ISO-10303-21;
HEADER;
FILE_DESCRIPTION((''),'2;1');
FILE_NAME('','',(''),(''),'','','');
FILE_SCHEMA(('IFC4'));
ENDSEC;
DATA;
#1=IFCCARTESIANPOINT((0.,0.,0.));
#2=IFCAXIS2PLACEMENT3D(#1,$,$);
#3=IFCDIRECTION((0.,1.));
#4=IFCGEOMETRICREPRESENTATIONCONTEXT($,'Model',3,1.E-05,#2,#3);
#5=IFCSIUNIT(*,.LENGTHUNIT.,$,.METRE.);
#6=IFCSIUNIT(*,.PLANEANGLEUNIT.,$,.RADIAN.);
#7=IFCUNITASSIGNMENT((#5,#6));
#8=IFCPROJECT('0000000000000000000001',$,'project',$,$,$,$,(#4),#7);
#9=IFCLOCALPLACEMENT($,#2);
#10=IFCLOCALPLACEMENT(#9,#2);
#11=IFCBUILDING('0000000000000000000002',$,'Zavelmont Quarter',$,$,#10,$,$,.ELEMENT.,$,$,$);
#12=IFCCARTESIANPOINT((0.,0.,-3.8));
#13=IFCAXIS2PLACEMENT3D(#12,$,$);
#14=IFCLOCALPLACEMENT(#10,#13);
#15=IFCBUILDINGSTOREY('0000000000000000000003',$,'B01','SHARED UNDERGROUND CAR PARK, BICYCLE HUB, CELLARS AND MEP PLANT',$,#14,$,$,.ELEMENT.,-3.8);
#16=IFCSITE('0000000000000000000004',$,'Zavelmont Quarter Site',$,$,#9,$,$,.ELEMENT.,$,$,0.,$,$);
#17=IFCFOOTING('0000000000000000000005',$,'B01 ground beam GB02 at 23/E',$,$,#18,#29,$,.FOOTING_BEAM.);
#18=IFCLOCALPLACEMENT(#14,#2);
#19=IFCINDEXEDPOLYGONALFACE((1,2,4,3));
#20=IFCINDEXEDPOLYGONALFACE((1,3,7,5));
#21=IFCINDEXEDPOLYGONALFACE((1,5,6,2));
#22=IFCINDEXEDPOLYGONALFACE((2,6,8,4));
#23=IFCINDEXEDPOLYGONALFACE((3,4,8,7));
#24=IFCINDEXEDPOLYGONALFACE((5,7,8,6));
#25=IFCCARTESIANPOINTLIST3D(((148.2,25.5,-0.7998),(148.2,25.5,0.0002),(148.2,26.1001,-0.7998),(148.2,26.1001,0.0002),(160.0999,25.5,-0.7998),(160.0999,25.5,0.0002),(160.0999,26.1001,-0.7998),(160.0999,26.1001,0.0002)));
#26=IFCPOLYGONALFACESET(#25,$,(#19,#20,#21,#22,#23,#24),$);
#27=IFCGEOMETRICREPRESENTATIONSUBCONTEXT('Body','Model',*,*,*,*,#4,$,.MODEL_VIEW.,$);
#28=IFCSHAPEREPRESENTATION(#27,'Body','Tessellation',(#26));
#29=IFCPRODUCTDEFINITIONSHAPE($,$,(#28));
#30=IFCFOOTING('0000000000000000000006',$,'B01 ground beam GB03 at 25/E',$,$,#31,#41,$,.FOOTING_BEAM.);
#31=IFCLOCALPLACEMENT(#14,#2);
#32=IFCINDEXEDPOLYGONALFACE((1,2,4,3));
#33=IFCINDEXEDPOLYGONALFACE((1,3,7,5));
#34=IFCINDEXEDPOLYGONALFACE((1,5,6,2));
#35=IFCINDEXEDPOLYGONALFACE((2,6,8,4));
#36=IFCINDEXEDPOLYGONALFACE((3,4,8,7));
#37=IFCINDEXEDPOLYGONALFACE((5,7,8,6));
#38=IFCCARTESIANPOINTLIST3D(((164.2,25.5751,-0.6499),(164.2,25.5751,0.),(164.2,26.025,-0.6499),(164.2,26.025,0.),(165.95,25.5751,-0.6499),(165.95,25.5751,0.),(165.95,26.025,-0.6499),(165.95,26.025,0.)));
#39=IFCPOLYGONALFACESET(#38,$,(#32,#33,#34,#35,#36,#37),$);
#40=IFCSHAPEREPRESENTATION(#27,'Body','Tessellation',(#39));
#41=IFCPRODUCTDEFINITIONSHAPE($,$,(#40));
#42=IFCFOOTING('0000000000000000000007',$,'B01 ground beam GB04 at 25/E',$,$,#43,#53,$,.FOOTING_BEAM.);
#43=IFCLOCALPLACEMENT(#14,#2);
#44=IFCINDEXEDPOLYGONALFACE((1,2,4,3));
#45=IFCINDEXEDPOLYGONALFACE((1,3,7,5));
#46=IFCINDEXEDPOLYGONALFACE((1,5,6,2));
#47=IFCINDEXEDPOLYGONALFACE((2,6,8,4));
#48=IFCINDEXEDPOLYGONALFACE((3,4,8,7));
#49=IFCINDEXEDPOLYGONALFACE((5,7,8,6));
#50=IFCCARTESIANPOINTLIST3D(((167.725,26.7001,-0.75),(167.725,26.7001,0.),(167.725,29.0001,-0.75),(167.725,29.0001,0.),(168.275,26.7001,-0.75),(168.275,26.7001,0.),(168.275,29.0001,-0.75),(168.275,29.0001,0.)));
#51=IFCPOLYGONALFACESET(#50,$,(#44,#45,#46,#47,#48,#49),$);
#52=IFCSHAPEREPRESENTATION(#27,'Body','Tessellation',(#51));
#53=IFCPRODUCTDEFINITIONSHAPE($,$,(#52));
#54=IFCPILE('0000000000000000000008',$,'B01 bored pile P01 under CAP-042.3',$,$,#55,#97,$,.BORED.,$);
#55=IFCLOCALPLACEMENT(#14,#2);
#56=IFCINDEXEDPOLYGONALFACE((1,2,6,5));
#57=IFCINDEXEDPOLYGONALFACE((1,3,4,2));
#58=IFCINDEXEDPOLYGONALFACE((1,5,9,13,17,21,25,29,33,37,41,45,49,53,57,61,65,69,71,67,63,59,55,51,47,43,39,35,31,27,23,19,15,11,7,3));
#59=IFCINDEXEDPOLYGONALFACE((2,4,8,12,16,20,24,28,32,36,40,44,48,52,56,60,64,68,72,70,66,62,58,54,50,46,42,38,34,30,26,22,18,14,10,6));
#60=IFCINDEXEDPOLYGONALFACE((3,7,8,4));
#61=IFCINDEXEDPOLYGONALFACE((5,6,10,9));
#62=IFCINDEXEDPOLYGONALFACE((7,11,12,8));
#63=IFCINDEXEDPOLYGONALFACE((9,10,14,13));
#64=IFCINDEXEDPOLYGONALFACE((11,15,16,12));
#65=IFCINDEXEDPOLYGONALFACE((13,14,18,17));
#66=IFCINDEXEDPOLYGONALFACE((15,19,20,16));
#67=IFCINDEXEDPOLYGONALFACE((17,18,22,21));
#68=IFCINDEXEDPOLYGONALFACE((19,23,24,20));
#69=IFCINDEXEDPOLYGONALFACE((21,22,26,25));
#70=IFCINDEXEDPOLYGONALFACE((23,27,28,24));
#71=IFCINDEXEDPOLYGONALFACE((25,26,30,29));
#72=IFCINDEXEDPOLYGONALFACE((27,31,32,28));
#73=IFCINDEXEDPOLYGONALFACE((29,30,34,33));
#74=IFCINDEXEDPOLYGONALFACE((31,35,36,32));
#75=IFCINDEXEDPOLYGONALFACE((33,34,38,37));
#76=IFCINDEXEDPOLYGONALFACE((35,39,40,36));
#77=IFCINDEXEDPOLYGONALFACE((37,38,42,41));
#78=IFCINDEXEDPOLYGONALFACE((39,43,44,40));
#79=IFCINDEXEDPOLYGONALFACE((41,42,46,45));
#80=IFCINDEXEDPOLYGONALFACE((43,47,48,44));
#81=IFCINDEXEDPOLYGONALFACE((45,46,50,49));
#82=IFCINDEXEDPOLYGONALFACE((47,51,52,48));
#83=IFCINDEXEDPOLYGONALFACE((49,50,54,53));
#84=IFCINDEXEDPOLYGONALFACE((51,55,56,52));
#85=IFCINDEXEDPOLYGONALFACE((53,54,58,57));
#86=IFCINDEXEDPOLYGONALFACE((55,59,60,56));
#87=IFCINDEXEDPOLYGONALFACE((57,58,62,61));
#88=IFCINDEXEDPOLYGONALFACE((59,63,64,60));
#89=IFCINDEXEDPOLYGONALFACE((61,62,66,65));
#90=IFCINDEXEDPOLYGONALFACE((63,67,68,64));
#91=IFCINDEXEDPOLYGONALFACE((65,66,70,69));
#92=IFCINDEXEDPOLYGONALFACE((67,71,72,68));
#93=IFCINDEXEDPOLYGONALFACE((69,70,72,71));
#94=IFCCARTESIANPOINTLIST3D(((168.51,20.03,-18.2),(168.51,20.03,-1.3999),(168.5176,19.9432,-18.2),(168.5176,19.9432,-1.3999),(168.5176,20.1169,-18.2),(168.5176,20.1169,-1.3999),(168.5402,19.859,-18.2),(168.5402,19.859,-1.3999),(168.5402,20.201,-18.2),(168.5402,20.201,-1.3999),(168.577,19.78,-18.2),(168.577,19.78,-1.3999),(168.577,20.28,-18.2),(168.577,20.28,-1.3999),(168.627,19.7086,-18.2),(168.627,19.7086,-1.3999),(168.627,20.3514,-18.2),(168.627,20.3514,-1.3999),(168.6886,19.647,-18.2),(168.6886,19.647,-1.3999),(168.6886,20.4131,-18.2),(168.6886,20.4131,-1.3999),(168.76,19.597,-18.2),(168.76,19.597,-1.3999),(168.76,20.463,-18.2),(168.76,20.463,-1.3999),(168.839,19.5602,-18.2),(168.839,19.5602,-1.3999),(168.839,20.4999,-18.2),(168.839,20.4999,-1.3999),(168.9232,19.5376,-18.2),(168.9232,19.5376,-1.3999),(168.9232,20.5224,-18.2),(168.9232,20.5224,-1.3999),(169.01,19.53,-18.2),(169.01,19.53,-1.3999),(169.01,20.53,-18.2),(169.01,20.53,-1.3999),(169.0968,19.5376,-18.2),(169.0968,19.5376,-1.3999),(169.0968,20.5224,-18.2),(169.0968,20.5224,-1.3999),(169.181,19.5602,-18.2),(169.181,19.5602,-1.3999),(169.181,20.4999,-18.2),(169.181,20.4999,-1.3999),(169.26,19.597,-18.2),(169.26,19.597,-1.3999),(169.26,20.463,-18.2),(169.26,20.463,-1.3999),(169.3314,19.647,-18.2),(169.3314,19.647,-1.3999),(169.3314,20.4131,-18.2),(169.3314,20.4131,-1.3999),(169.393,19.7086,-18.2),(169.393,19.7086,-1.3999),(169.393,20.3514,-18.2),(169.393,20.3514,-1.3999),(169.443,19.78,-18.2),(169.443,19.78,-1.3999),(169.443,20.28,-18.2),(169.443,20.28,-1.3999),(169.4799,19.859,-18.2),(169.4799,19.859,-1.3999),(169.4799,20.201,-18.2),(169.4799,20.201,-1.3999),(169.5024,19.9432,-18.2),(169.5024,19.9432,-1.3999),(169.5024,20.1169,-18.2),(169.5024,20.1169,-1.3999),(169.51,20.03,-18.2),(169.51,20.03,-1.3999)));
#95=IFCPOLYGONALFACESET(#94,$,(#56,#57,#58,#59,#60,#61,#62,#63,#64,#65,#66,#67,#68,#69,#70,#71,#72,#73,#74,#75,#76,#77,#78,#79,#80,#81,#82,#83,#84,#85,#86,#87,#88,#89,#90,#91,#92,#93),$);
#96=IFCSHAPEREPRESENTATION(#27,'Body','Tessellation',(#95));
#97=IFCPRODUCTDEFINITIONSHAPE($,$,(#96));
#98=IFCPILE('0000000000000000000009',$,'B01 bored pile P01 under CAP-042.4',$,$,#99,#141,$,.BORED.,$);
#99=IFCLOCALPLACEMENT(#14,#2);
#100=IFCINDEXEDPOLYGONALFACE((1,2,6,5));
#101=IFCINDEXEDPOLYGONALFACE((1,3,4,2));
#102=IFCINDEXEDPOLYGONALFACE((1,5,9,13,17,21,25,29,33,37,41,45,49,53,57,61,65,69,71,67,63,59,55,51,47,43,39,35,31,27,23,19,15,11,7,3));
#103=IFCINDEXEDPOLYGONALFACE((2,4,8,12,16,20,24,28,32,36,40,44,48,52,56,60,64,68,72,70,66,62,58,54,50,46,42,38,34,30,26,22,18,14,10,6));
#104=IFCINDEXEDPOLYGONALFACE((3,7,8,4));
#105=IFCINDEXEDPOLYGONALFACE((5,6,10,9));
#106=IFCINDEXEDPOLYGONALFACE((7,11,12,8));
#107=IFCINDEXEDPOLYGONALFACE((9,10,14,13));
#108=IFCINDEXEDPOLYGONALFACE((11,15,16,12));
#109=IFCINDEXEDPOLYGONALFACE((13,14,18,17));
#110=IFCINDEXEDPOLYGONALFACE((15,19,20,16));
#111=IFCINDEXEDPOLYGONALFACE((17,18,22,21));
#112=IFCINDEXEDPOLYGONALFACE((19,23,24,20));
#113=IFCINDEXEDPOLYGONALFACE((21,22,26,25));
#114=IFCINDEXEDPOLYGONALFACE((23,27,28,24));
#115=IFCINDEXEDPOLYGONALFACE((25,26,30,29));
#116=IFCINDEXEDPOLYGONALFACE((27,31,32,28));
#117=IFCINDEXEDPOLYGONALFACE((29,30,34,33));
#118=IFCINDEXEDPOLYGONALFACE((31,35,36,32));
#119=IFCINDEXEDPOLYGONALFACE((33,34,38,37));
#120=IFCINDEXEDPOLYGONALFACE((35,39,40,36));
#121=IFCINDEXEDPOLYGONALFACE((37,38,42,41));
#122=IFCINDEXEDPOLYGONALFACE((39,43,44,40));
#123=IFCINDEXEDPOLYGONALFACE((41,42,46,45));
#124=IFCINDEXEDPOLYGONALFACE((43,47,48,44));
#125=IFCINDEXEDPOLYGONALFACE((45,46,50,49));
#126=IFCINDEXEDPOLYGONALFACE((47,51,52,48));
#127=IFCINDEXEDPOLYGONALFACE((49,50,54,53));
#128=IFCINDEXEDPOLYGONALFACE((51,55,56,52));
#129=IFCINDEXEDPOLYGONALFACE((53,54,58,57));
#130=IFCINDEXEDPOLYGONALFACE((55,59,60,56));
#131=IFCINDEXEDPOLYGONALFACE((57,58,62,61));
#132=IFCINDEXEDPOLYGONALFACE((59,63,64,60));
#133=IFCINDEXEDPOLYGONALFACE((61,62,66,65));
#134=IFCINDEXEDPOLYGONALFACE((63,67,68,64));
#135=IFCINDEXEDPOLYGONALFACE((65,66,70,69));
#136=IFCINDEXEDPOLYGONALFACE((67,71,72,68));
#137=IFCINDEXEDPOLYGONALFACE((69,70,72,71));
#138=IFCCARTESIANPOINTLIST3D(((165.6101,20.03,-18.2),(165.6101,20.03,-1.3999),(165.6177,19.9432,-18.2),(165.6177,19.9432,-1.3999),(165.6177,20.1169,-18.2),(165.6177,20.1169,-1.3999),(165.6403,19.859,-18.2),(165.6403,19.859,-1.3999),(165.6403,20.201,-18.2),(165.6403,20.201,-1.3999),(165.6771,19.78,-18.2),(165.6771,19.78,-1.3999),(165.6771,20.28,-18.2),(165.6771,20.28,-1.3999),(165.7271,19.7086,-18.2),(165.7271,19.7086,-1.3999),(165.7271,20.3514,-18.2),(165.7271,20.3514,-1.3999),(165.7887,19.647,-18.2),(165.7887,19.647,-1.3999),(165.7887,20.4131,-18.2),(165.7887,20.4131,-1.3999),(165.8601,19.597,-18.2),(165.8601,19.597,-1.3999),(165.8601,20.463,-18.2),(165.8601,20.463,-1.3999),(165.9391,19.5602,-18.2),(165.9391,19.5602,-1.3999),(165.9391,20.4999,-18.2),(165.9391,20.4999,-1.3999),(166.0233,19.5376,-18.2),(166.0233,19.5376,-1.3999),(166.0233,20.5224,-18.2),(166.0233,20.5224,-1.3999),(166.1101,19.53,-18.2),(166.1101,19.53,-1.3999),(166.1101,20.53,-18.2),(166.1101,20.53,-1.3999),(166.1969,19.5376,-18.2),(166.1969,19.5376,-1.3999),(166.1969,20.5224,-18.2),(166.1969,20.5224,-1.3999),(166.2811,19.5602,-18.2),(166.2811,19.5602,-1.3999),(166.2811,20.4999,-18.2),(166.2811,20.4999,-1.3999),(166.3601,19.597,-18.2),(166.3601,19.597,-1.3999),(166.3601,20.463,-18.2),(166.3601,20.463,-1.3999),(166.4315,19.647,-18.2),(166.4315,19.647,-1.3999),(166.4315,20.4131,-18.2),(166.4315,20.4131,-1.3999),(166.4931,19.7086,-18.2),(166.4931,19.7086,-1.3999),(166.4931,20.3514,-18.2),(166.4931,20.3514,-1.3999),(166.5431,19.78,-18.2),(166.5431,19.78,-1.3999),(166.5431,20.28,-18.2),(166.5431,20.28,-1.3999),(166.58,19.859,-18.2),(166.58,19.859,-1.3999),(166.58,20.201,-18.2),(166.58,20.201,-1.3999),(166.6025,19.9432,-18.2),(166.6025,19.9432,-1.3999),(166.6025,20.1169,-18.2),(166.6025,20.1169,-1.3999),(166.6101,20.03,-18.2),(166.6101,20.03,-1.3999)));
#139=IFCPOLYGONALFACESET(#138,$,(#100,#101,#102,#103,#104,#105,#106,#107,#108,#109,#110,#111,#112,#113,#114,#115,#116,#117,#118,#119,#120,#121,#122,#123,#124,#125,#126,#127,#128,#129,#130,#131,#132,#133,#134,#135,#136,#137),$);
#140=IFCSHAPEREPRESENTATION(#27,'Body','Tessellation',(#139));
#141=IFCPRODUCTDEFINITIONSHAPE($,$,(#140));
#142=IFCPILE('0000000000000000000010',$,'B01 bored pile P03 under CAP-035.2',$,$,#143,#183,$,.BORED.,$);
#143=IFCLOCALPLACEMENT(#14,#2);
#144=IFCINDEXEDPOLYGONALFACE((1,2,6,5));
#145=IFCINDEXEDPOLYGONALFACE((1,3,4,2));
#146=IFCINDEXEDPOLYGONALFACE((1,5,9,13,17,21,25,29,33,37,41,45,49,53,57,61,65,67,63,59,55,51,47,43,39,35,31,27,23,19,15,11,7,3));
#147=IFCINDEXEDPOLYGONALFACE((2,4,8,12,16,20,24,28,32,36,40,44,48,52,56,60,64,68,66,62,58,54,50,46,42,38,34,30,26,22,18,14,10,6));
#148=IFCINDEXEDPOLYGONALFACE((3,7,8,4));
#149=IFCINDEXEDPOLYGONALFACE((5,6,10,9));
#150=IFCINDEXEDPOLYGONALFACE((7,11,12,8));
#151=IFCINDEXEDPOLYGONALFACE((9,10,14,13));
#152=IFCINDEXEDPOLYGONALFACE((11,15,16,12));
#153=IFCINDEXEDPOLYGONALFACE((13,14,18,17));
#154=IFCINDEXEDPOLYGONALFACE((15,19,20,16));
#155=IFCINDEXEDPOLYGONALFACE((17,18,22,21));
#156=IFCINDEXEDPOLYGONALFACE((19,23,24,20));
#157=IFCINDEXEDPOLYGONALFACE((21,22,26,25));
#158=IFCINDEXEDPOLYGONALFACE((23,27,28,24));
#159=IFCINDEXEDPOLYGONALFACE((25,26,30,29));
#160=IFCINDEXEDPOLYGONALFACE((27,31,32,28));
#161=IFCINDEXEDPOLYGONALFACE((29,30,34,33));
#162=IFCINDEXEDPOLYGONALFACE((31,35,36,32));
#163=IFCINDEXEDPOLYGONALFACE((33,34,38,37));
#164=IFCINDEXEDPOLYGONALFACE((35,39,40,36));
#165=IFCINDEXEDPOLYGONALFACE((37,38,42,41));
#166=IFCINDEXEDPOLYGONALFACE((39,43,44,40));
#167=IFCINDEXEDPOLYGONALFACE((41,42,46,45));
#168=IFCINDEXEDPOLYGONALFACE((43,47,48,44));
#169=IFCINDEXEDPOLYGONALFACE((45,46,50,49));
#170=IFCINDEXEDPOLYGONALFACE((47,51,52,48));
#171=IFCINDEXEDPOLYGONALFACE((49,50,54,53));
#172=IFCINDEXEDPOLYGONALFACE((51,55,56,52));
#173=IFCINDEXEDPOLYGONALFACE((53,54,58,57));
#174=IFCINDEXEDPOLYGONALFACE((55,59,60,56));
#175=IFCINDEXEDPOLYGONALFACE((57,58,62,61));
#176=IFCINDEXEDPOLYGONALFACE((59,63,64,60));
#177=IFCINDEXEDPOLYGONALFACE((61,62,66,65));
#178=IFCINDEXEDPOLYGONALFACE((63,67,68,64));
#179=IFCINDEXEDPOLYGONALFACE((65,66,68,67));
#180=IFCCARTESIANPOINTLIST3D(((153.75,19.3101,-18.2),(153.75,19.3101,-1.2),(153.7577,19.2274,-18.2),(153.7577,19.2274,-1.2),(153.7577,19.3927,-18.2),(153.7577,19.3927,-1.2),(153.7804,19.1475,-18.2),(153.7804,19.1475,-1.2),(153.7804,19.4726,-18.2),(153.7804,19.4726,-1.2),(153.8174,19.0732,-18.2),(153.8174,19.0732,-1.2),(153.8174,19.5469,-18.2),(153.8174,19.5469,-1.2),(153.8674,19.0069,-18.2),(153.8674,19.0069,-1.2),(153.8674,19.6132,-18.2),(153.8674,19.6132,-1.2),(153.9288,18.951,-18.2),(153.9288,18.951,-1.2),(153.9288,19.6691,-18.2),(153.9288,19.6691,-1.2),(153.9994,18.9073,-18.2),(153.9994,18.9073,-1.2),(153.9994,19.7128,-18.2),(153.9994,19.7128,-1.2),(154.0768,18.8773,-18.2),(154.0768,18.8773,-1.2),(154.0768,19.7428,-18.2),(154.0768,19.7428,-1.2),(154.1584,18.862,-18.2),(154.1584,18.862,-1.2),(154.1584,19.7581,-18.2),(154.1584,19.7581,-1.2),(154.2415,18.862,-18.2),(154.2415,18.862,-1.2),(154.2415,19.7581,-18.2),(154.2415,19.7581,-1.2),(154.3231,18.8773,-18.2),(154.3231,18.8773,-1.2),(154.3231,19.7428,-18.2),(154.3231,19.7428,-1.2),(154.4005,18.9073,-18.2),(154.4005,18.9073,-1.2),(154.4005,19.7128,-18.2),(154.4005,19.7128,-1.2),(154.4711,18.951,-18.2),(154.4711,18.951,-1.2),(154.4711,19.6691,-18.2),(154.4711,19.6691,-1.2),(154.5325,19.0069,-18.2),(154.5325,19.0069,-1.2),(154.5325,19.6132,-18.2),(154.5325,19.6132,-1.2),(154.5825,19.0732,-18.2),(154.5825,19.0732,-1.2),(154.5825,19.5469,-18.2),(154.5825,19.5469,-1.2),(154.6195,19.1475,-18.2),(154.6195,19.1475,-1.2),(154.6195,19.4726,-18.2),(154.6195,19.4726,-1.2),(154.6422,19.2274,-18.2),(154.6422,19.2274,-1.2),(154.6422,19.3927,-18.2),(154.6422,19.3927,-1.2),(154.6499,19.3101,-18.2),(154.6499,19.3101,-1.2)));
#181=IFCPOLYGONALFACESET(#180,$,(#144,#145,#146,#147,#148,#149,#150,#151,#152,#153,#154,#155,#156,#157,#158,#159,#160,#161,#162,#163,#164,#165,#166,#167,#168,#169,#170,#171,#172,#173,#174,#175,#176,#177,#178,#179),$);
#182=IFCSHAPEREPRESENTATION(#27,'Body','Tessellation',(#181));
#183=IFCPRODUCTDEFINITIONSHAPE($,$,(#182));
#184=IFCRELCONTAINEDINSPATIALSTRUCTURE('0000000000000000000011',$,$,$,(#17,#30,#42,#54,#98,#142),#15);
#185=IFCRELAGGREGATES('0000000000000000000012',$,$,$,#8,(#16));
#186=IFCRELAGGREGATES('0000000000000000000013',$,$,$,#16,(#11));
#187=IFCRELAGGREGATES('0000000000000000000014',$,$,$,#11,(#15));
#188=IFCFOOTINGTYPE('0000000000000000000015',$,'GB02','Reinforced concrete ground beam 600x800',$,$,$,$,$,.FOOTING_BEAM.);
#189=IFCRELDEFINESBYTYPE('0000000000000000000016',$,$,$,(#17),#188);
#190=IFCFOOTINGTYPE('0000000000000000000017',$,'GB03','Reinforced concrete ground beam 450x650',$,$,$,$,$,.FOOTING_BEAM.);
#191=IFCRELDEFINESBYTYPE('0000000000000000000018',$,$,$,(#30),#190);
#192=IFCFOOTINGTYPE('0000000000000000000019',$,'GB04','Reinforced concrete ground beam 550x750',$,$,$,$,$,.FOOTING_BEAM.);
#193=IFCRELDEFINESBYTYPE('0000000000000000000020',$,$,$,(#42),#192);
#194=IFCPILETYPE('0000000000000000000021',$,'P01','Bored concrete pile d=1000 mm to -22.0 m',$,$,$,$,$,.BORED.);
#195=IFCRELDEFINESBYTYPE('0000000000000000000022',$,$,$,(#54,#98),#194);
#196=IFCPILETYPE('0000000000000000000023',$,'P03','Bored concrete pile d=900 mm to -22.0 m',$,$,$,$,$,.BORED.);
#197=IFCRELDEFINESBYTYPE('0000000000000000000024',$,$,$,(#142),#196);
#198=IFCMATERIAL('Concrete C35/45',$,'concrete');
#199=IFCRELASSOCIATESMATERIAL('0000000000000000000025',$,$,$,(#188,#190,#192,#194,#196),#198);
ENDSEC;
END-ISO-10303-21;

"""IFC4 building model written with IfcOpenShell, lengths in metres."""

from ifc_helpers import new_model, si_unit, direction, frame, origin, origin_2d, place, context, subcontext, project, spatial, rectangle, circle, extrude, material, material_profile, profile_set, type_object, element, save


model = new_model("IFC4")

# Units and contexts
model_context = context("Model", 3, precision=1e-05, world=origin(), true_north=direction((0.0, 1.0)))
body_context = subcontext(model_context, "Body", "Model", "MODEL_VIEW")
ifc_project = project(units=[si_unit("LENGTHUNIT", "METRE"), si_unit("PLANEANGLEUNIT", "RADIAN")], contexts=[model_context])

# Site, building, storey
site_placement = place(None, origin())
site = spatial("IfcSite", under=ifc_project, at=site_placement, Name="Zavelmont Quarter Site", CompositionType="ELEMENT", RefElevation=0.0)
building_placement = place(site_placement, origin())
building = spatial("IfcBuilding", under=site, at=building_placement, Name="Zavelmont Quarter", CompositionType="ELEMENT")
storey_placement = place(building_placement, frame((0.0, 0.0, -3.8)))
storey = spatial("IfcBuildingStorey", under=building, at=storey_placement, Name="B01", Description="SHARED UNDERGROUND CAR PARK, BICYCLE HUB, CELLARS AND MEP PLANT", CompositionType="ELEMENT", Elevation=-3.8)

# Footings
ifc_material_1 = material(Name="Concrete C35/45", Category="concrete")
footing_type_1 = type_object("IfcFootingType", Name="GB02", Description="Reinforced concrete ground beam 600x800", PredefinedType="FOOTING_BEAM", material=ifc_material_1)
footing_1_placement = place(storey_placement, frame((154.1499, 25.8, -0.7998), z_axis=(0.0, 0.0, 1.0), x_axis=(1.0, 0.0, 0.0)))
element("IfcFooting", 1, at=footing_1_placement, inside=storey, type_object=footing_type_1, Name="B01 ground beam GB02 at 23/E", PredefinedType="FOOTING_BEAM", context=body_context, shape_type="SweptSolid", body=[
    extrude(rectangle(XDim=11.8999, YDim=0.6001, at=origin_2d()), origin(), (0.0, 0.0, 1.0), 0.8),
])
footing_type_2 = type_object("IfcFootingType", Name="GB03", Description="Reinforced concrete ground beam 450x650", PredefinedType="FOOTING_BEAM", material=ifc_material_1)
footing_2_placement = place(storey_placement, frame((165.075, 25.8, -0.6499), z_axis=(0.0, 0.0, 1.0), x_axis=(1.0, 0.0, 0.0)))
element("IfcFooting", 2, at=footing_2_placement, inside=storey, type_object=footing_type_2, Name="B01 ground beam GB03 at 25/E", PredefinedType="FOOTING_BEAM", context=body_context, shape_type="SweptSolid", body=[
    extrude(rectangle(XDim=1.75, YDim=0.45, at=origin_2d()), origin(), (0.0, 0.0, 1.0), 0.6499),
])
footing_type_3 = type_object("IfcFootingType", Name="GB04", Description="Reinforced concrete ground beam 550x750", PredefinedType="FOOTING_BEAM", material=ifc_material_1)
footing_3_placement = place(storey_placement, frame((168.0, 27.8501, -0.75), z_axis=(0.0, 0.0, 1.0), x_axis=(0.0, 1.0, 0.0)))
element("IfcFooting", 3, at=footing_3_placement, inside=storey, type_object=footing_type_3, Name="B01 ground beam GB04 at 25/E", PredefinedType="FOOTING_BEAM", context=body_context, shape_type="SweptSolid", body=[
    extrude(rectangle(XDim=2.3, YDim=0.55, at=origin_2d()), origin(), (0.0, 0.0, 1.0), 0.75),
])

# Piles
ifc_material_profile_1 = material_profile(ifc_material_1, circle(Radius=0.5, at=origin_2d()), Name="BP1000")
ifc_profile_set_1 = profile_set([ifc_material_profile_1], Name="Concrete C35/45")
pile_type_1 = type_object("IfcPileType", Name="P01", Description="Bored concrete pile d=1000 mm to -22.0 m", PredefinedType="BORED", material=ifc_profile_set_1)
for number, where, z_axis, x_axis, name in (
    (4, (169.01, 20.03, -1.3999), (0.0, 0.0, -1.0), (1.0, 0.0, 0.0), "B01 bored pile P01 under CAP-042.3"),
    (5, (166.1101, 20.03, -1.3999), (0.0, 0.0, -1.0), (1.0, 0.0, 0.0), "B01 bored pile P01 under CAP-042.4"),
):
    element("IfcPile", number, at=place(storey_placement, frame(where, z_axis=z_axis, x_axis=x_axis)), inside=storey, type_object=pile_type_1, Name=name, PredefinedType="BORED", context=body_context, shape_type="SweptSolid", body=[
        extrude(circle(Radius=0.5, at=origin_2d()), origin(), (0.0, 0.0, 1.0), 16.8),
    ])
ifc_material_profile_2 = material_profile(ifc_material_1, circle(Radius=0.45, at=origin_2d()), Name="BP900")
ifc_profile_set_2 = profile_set([ifc_material_profile_2], Name="Concrete C35/45")
pile_type_2 = type_object("IfcPileType", Name="P03", Description="Bored concrete pile d=900 mm to -22.0 m", PredefinedType="BORED", material=ifc_profile_set_2)
for number, where, z_axis, x_axis, name in (
    (6, (154.2, 19.3101, -1.2), (0.0, 0.0, -1.0), (1.0, 0.0, 0.0), "B01 bored pile P03 under CAP-035.2"),
):
    element("IfcPile", number, at=place(storey_placement, frame(where, z_axis=z_axis, x_axis=x_axis)), inside=storey, type_object=pile_type_2, Name=name, PredefinedType="BORED", context=body_context, shape_type="SweptSolid", body=[
        extrude(circle(Radius=0.45, at=origin_2d()), origin(), (0.0, 0.0, 1.0), 17.0),
    ])

save(model, "model.ifc")
